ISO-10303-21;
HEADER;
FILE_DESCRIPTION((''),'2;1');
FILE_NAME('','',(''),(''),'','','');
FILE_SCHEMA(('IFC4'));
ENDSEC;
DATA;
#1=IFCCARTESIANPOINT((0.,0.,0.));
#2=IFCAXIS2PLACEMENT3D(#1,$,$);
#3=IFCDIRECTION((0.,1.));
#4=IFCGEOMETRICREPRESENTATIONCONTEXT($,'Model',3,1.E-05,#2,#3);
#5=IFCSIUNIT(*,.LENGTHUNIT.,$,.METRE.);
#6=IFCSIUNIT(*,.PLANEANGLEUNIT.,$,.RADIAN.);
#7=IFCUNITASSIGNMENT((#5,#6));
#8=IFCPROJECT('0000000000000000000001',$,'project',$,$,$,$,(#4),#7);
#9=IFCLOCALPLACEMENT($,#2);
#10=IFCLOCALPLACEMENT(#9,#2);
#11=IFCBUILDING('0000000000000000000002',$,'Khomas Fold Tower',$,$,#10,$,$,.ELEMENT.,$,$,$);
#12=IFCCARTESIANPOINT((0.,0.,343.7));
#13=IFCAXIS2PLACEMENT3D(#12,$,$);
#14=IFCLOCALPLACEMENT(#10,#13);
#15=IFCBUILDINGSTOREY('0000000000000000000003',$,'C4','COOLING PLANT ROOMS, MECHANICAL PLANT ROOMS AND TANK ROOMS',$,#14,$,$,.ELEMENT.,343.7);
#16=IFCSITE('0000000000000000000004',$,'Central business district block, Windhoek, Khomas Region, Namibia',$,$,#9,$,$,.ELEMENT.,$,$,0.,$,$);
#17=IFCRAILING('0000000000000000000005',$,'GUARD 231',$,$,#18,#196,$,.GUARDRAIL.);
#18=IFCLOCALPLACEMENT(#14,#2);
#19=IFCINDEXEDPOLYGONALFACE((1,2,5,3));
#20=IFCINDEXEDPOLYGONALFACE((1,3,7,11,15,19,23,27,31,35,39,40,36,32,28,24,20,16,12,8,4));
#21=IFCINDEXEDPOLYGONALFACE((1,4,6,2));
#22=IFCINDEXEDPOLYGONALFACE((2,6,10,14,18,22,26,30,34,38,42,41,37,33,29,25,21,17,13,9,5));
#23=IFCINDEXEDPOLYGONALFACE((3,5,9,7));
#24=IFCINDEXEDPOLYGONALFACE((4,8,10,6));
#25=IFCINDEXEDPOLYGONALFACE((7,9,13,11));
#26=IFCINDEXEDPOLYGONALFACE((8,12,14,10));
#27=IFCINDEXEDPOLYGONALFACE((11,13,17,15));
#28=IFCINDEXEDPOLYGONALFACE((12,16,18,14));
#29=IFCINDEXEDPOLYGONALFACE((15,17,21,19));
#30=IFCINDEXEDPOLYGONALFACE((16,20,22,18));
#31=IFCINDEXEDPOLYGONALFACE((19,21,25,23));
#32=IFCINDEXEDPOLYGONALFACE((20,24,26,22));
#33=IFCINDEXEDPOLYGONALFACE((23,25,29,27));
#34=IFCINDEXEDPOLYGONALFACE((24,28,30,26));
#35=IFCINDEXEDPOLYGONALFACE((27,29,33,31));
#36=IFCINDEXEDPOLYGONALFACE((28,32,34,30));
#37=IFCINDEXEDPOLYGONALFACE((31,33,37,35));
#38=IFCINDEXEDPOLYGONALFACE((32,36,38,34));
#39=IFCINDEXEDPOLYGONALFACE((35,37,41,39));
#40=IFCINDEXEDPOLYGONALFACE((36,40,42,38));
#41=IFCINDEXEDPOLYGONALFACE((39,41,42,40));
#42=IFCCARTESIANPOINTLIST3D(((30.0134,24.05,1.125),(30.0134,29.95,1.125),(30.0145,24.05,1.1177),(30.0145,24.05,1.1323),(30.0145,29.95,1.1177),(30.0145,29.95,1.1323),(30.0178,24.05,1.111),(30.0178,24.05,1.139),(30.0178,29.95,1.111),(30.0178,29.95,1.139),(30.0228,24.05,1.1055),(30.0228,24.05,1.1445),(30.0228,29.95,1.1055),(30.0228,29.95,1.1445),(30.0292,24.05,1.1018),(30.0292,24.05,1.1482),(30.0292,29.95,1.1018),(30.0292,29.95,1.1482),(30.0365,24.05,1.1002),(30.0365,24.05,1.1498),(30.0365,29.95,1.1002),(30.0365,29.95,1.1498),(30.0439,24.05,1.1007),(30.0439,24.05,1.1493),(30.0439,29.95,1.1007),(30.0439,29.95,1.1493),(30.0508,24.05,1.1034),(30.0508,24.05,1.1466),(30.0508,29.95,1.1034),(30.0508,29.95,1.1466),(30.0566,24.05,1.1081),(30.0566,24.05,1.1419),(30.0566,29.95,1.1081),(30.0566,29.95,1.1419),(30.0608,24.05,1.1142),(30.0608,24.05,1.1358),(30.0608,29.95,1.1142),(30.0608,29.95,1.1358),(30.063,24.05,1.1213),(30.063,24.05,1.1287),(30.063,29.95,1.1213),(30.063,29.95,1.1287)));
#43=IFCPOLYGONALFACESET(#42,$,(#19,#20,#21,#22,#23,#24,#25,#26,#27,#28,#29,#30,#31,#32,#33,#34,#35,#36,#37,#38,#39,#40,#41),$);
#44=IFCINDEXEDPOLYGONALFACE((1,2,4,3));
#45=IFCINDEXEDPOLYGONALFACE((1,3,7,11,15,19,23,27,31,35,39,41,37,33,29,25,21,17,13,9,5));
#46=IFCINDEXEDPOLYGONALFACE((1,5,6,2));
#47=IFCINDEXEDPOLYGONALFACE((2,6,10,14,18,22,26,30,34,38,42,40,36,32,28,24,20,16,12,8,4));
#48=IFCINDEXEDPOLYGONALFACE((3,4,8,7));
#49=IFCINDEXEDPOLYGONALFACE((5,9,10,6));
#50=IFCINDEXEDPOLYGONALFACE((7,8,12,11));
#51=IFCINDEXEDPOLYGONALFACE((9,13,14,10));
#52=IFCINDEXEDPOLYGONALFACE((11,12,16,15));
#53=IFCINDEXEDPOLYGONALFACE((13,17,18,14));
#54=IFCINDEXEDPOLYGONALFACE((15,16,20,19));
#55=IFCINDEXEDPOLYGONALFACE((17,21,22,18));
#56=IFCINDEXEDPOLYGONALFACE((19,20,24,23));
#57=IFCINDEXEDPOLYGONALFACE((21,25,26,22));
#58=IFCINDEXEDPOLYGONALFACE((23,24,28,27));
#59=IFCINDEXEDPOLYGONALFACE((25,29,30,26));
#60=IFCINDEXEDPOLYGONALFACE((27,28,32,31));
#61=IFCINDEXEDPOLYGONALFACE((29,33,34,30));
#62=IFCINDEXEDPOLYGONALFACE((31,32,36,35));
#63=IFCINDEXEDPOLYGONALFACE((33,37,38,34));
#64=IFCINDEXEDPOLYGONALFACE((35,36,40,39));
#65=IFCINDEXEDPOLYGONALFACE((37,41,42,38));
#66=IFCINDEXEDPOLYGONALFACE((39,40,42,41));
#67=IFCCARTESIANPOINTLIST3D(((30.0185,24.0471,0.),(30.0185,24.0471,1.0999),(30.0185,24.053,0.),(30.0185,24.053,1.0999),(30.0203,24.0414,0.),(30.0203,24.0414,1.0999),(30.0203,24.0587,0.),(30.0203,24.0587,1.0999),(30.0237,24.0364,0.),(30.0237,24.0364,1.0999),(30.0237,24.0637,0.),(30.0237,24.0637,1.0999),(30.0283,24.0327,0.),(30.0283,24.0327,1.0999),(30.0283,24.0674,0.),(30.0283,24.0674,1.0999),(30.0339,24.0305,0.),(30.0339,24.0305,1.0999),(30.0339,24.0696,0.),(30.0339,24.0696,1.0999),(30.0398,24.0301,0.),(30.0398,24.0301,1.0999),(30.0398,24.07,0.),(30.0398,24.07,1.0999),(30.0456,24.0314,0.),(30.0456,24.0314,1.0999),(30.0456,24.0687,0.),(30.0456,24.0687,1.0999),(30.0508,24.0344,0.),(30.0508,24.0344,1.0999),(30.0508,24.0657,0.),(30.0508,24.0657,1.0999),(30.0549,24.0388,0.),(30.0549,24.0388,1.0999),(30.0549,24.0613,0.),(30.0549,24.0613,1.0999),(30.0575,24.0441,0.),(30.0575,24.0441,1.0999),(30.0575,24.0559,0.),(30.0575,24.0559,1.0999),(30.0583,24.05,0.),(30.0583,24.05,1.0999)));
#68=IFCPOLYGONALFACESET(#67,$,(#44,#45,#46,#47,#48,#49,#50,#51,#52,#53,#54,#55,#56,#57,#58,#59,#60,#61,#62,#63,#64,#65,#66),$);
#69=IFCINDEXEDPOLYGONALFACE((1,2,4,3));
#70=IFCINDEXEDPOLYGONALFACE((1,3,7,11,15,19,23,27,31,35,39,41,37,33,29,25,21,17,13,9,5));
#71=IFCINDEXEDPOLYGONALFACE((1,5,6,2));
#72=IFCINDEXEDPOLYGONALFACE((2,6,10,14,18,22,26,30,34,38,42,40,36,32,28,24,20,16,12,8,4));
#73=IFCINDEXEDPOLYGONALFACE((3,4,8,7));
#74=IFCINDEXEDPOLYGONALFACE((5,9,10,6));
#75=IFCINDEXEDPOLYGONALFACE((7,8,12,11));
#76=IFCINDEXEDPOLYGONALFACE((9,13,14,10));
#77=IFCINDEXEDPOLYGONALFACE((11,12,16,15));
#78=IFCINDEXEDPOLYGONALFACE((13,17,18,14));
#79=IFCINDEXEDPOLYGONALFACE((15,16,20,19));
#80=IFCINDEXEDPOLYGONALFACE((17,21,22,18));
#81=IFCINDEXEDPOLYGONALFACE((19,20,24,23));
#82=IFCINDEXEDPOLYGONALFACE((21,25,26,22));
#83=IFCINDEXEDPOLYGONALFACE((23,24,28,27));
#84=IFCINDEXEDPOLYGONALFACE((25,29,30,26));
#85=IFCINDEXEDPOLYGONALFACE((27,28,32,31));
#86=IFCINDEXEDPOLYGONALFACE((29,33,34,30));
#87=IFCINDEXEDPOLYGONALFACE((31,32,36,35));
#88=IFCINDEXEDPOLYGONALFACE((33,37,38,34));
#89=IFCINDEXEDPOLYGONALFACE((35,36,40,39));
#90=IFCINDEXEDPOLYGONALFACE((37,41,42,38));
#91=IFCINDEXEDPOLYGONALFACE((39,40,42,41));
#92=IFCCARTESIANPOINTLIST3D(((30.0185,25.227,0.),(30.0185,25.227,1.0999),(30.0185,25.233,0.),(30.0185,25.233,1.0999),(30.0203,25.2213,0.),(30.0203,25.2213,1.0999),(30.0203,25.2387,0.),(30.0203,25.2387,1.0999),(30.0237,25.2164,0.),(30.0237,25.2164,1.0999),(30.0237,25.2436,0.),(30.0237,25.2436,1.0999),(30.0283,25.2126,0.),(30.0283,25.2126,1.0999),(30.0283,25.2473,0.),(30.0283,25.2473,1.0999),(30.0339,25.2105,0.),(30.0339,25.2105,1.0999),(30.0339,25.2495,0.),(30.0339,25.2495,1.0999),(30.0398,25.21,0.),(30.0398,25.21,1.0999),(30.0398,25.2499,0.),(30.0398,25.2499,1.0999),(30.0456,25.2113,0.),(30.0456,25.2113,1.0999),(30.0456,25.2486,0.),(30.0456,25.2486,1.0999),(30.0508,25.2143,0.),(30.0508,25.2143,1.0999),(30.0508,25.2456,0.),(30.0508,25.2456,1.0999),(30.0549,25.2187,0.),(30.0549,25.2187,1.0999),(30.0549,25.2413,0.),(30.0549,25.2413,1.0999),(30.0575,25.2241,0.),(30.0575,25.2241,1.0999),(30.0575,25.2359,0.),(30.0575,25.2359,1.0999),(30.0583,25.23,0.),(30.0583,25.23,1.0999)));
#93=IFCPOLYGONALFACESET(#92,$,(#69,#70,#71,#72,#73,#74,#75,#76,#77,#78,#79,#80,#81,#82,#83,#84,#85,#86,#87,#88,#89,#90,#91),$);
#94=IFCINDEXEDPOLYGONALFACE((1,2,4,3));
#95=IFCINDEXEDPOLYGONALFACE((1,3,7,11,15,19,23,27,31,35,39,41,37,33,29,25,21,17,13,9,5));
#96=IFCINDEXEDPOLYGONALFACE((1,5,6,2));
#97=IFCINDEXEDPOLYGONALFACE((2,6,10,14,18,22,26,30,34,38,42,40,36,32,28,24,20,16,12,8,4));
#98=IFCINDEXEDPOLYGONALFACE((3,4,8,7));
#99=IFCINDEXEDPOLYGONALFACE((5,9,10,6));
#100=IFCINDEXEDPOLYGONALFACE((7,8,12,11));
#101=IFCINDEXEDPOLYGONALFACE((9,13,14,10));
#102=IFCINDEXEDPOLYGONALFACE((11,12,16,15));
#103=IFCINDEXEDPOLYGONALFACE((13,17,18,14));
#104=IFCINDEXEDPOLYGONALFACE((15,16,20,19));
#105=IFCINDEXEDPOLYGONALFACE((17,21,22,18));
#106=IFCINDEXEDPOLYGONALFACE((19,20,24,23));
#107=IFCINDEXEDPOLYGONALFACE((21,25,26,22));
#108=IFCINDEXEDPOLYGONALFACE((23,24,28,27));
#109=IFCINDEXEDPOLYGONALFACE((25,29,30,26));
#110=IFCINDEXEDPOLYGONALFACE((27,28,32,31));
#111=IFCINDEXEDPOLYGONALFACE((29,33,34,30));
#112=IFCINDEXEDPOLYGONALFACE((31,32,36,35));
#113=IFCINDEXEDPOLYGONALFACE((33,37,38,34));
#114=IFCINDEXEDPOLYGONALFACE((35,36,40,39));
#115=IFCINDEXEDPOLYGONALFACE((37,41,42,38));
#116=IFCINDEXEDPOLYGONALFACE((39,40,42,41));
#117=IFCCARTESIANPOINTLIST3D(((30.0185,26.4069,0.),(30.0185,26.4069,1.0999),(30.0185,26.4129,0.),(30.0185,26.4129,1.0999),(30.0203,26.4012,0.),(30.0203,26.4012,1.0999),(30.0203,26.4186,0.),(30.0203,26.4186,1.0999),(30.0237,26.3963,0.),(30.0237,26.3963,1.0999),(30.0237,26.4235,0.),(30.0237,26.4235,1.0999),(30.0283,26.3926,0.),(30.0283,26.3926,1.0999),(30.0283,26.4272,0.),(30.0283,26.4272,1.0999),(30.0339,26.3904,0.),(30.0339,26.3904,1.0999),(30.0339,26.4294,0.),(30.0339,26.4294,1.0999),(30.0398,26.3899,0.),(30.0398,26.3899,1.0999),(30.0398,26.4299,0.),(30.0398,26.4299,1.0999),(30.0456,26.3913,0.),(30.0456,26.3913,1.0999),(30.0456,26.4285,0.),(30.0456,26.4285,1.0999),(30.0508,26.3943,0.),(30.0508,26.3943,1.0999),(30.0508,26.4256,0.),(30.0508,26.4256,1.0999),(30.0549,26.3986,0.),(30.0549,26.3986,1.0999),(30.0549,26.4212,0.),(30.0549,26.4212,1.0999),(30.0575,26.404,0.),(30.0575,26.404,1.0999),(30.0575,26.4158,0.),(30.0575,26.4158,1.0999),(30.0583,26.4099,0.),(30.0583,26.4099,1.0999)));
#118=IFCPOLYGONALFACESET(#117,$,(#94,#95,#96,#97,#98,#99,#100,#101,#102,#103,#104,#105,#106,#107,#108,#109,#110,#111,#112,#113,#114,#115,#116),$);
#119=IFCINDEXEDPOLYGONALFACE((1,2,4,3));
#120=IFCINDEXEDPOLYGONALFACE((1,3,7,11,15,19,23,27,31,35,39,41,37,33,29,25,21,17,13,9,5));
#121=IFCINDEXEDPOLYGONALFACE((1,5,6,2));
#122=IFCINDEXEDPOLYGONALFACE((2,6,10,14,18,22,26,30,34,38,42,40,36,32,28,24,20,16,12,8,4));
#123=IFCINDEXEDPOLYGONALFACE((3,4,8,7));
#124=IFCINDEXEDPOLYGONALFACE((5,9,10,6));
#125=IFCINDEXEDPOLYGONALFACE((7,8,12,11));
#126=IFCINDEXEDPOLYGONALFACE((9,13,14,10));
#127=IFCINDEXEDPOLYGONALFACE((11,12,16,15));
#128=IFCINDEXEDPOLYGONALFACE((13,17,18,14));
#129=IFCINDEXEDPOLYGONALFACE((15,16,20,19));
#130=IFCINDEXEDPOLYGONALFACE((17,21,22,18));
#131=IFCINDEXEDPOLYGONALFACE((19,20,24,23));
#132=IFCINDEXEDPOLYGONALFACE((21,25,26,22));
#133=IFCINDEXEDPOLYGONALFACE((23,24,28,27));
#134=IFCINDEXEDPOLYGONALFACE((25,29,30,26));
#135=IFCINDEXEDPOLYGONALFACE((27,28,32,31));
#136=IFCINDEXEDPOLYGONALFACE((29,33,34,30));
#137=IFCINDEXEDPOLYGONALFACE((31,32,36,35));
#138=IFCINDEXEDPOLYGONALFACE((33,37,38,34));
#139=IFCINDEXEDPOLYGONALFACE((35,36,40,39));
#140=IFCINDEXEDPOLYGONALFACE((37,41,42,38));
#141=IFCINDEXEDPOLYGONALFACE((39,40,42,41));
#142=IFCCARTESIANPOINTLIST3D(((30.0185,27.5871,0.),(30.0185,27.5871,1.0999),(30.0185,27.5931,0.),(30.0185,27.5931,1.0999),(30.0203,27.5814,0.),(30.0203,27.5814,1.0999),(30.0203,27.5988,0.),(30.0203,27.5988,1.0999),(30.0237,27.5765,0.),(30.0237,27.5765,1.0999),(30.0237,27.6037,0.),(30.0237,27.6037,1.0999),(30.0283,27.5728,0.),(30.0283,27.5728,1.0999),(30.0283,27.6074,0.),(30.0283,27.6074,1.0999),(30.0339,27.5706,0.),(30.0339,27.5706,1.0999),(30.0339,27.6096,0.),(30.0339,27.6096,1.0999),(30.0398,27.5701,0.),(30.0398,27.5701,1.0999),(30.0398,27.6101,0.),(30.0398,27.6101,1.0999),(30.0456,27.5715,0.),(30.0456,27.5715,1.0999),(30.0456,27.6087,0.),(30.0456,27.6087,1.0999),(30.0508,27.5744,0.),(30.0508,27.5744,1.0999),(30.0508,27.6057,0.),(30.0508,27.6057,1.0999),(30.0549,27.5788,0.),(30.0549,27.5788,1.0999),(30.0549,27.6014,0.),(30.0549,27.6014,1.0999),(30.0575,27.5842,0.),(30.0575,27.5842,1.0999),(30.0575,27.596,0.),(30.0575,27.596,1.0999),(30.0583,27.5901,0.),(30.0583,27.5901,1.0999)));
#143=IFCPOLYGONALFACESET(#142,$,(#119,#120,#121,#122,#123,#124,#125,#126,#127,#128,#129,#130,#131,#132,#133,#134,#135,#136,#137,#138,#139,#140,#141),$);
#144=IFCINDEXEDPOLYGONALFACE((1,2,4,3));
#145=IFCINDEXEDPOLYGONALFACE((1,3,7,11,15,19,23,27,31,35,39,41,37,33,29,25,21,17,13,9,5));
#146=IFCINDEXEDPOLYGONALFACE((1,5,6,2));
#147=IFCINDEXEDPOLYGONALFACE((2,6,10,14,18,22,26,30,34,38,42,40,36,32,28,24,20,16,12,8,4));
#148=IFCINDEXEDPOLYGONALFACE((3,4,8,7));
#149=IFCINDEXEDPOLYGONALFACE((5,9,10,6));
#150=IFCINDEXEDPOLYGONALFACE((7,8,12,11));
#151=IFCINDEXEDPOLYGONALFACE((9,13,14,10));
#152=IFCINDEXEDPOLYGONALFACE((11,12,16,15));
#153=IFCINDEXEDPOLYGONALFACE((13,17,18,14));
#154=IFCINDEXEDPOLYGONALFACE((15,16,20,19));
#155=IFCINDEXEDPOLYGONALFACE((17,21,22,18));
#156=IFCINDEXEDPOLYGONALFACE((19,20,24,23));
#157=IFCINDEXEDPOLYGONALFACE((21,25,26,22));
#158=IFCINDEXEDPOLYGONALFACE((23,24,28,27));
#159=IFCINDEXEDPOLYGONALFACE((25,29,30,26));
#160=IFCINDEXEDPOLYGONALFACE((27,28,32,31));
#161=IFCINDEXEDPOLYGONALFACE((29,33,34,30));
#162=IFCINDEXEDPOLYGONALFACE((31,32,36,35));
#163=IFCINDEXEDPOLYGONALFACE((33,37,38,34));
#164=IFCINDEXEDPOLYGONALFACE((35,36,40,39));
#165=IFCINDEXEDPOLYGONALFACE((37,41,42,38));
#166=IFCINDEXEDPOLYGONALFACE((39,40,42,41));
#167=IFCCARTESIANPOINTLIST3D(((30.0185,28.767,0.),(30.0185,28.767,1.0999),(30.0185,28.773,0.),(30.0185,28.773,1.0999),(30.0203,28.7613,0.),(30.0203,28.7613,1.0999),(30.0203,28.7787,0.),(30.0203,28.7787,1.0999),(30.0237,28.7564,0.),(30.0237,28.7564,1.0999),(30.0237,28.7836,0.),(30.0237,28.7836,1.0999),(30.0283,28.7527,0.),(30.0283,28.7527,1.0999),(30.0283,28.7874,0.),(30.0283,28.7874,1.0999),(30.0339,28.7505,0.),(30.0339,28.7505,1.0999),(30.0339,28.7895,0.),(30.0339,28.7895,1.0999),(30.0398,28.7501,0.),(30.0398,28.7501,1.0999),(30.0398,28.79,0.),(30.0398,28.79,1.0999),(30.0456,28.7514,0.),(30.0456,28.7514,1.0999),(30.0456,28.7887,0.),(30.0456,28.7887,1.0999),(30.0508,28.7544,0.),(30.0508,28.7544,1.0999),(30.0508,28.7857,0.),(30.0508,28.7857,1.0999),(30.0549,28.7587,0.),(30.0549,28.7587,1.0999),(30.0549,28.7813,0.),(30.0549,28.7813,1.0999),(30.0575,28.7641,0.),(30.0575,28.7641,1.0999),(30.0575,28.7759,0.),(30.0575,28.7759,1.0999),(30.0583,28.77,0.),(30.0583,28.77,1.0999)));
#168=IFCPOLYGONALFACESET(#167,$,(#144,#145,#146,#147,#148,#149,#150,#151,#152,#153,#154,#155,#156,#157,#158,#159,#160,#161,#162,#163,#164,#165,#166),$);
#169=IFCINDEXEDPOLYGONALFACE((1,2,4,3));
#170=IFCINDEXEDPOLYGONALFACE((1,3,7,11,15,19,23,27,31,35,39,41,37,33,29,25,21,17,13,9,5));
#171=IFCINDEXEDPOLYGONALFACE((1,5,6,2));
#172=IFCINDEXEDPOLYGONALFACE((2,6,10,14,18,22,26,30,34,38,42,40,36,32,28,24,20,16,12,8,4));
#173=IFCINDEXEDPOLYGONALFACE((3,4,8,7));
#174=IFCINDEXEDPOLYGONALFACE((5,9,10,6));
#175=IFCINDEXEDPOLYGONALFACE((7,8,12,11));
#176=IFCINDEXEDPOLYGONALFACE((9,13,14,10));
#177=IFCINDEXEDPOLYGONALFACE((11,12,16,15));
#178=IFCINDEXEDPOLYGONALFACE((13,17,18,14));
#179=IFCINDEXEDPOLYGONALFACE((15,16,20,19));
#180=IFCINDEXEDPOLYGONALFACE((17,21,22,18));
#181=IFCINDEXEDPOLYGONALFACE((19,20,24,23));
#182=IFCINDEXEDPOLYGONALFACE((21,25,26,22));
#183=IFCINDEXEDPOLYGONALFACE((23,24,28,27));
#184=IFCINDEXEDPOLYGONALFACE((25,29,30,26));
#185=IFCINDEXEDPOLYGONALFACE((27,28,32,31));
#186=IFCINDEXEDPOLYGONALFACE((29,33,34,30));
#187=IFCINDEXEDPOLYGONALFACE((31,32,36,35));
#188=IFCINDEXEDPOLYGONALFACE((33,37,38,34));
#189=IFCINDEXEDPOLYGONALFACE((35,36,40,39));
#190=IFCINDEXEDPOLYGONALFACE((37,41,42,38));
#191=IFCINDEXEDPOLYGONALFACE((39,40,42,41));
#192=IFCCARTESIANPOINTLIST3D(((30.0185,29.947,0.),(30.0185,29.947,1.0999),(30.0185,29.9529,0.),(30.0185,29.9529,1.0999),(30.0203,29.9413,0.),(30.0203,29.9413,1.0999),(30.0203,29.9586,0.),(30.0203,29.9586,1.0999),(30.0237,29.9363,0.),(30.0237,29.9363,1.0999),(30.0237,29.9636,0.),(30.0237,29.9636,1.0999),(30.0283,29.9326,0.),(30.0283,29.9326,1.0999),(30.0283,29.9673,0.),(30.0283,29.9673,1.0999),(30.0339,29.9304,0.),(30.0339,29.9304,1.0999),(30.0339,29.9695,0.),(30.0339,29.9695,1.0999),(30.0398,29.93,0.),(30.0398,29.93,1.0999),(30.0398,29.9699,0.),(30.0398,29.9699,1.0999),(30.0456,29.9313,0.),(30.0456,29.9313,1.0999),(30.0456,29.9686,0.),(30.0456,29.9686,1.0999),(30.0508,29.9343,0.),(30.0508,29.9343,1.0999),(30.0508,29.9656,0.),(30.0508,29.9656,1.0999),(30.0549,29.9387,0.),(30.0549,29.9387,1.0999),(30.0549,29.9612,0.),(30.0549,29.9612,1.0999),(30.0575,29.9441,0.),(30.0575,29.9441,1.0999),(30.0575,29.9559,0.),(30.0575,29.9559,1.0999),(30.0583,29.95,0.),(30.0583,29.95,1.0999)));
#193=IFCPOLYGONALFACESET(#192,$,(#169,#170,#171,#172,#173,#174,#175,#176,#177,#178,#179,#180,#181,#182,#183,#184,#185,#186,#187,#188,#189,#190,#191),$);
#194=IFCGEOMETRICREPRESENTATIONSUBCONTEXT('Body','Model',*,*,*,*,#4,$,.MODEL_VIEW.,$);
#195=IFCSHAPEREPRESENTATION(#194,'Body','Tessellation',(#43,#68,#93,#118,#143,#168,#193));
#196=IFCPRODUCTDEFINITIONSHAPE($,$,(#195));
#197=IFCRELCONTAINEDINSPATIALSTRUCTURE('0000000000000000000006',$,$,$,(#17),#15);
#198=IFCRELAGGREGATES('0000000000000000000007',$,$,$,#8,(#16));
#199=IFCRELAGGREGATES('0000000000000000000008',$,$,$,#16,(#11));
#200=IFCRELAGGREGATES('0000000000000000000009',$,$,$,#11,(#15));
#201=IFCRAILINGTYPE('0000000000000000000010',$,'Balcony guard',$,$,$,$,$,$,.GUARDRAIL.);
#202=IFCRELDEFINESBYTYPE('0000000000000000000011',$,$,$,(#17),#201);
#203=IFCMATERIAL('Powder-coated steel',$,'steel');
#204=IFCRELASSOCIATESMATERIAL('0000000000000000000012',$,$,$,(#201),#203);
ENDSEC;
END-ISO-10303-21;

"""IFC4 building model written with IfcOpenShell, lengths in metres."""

from ifc_helpers import new_model, si_unit, direction, frame, origin, origin_2d, place, context, subcontext, project, spatial, circle, extrude, source, transform, mapped, material, type_object, element, save


model = new_model("IFC4")

# Units and contexts
model_context = context("Model", 3, precision=1e-05, world=origin(), true_north=direction((0.0, 1.0)))
body_context = subcontext(model_context, "Body", "Model", "MODEL_VIEW")
ifc_project = project(units=[si_unit("LENGTHUNIT", "METRE"), si_unit("PLANEANGLEUNIT", "RADIAN")], contexts=[model_context])

# Site, building, storey
site_placement = place(None, origin())
site = spatial("IfcSite", under=ifc_project, at=site_placement, Name="Central business district block, Windhoek, Khomas Region, Namibia", CompositionType="ELEMENT", RefElevation=0.0)
building_placement = place(site_placement, origin())
building = spatial("IfcBuilding", under=site, at=building_placement, Name="Khomas Fold Tower", CompositionType="ELEMENT")
storey_placement = place(building_placement, frame((0.0, 0.0, 343.7)))
storey = spatial("IfcBuildingStorey", under=building, at=storey_placement, Name="C4", Description="COOLING PLANT ROOMS, MECHANICAL PLANT ROOMS AND TANK ROOMS", CompositionType="ELEMENT", Elevation=343.7)

# Railing
ifc_material_1 = material(Name="Powder-coated steel", Category="steel")
railing_type_1 = type_object("IfcRailingType", Name="Balcony guard", PredefinedType="GUARDRAIL", material=ifc_material_1)
shared_shape_1 = source(origin(), body_context, "Body", "SweptSolid", [
    extrude(circle(Radius=0.0249, at=origin_2d()), frame((0.0, 0.0, 1.125), z_axis=(0.0, 1.0, 0.0), x_axis=(-1.0, 0.0, 0.0)), (0.0, 0.0, 1.0), 5.8999),
    extrude(circle(Radius=0.02, at=origin_2d()), origin(), (0.0, 0.0, 1.0), 1.0999),
    extrude(circle(Radius=0.02, at=origin_2d()), frame((0.0, 1.1799, 0.0)), (0.0, 0.0, 1.0), 1.0999),
    extrude(circle(Radius=0.02, at=origin_2d()), frame((0.0, 2.3599, 0.0)), (0.0, 0.0, 1.0), 1.0999),
    extrude(circle(Radius=0.02, at=origin_2d()), frame((0.0, 3.54, 0.0)), (0.0, 0.0, 1.0), 1.0999),
    extrude(circle(Radius=0.02, at=origin_2d()), frame((0.0, 4.72, 0.0)), (0.0, 0.0, 1.0), 1.0999),
    extrude(circle(Radius=0.02, at=origin_2d()), frame((0.0, 5.8999, 0.0)), (0.0, 0.0, 1.0), 1.0999),
])
for number, where, name in (
    (1, (30.0383, 24.05, 0.0), "GUARD 231"),
):
    element("IfcRailing", number, at=place(storey_placement, frame(where)), inside=storey, type_object=railing_type_1, Name=name, PredefinedType="GUARDRAIL", context=body_context, shape_type="MappedRepresentation", body=[
        mapped(shared_shape_1, transform((0.0, 0.0, 0.0))),
    ])

save(model, "model.ifc")
